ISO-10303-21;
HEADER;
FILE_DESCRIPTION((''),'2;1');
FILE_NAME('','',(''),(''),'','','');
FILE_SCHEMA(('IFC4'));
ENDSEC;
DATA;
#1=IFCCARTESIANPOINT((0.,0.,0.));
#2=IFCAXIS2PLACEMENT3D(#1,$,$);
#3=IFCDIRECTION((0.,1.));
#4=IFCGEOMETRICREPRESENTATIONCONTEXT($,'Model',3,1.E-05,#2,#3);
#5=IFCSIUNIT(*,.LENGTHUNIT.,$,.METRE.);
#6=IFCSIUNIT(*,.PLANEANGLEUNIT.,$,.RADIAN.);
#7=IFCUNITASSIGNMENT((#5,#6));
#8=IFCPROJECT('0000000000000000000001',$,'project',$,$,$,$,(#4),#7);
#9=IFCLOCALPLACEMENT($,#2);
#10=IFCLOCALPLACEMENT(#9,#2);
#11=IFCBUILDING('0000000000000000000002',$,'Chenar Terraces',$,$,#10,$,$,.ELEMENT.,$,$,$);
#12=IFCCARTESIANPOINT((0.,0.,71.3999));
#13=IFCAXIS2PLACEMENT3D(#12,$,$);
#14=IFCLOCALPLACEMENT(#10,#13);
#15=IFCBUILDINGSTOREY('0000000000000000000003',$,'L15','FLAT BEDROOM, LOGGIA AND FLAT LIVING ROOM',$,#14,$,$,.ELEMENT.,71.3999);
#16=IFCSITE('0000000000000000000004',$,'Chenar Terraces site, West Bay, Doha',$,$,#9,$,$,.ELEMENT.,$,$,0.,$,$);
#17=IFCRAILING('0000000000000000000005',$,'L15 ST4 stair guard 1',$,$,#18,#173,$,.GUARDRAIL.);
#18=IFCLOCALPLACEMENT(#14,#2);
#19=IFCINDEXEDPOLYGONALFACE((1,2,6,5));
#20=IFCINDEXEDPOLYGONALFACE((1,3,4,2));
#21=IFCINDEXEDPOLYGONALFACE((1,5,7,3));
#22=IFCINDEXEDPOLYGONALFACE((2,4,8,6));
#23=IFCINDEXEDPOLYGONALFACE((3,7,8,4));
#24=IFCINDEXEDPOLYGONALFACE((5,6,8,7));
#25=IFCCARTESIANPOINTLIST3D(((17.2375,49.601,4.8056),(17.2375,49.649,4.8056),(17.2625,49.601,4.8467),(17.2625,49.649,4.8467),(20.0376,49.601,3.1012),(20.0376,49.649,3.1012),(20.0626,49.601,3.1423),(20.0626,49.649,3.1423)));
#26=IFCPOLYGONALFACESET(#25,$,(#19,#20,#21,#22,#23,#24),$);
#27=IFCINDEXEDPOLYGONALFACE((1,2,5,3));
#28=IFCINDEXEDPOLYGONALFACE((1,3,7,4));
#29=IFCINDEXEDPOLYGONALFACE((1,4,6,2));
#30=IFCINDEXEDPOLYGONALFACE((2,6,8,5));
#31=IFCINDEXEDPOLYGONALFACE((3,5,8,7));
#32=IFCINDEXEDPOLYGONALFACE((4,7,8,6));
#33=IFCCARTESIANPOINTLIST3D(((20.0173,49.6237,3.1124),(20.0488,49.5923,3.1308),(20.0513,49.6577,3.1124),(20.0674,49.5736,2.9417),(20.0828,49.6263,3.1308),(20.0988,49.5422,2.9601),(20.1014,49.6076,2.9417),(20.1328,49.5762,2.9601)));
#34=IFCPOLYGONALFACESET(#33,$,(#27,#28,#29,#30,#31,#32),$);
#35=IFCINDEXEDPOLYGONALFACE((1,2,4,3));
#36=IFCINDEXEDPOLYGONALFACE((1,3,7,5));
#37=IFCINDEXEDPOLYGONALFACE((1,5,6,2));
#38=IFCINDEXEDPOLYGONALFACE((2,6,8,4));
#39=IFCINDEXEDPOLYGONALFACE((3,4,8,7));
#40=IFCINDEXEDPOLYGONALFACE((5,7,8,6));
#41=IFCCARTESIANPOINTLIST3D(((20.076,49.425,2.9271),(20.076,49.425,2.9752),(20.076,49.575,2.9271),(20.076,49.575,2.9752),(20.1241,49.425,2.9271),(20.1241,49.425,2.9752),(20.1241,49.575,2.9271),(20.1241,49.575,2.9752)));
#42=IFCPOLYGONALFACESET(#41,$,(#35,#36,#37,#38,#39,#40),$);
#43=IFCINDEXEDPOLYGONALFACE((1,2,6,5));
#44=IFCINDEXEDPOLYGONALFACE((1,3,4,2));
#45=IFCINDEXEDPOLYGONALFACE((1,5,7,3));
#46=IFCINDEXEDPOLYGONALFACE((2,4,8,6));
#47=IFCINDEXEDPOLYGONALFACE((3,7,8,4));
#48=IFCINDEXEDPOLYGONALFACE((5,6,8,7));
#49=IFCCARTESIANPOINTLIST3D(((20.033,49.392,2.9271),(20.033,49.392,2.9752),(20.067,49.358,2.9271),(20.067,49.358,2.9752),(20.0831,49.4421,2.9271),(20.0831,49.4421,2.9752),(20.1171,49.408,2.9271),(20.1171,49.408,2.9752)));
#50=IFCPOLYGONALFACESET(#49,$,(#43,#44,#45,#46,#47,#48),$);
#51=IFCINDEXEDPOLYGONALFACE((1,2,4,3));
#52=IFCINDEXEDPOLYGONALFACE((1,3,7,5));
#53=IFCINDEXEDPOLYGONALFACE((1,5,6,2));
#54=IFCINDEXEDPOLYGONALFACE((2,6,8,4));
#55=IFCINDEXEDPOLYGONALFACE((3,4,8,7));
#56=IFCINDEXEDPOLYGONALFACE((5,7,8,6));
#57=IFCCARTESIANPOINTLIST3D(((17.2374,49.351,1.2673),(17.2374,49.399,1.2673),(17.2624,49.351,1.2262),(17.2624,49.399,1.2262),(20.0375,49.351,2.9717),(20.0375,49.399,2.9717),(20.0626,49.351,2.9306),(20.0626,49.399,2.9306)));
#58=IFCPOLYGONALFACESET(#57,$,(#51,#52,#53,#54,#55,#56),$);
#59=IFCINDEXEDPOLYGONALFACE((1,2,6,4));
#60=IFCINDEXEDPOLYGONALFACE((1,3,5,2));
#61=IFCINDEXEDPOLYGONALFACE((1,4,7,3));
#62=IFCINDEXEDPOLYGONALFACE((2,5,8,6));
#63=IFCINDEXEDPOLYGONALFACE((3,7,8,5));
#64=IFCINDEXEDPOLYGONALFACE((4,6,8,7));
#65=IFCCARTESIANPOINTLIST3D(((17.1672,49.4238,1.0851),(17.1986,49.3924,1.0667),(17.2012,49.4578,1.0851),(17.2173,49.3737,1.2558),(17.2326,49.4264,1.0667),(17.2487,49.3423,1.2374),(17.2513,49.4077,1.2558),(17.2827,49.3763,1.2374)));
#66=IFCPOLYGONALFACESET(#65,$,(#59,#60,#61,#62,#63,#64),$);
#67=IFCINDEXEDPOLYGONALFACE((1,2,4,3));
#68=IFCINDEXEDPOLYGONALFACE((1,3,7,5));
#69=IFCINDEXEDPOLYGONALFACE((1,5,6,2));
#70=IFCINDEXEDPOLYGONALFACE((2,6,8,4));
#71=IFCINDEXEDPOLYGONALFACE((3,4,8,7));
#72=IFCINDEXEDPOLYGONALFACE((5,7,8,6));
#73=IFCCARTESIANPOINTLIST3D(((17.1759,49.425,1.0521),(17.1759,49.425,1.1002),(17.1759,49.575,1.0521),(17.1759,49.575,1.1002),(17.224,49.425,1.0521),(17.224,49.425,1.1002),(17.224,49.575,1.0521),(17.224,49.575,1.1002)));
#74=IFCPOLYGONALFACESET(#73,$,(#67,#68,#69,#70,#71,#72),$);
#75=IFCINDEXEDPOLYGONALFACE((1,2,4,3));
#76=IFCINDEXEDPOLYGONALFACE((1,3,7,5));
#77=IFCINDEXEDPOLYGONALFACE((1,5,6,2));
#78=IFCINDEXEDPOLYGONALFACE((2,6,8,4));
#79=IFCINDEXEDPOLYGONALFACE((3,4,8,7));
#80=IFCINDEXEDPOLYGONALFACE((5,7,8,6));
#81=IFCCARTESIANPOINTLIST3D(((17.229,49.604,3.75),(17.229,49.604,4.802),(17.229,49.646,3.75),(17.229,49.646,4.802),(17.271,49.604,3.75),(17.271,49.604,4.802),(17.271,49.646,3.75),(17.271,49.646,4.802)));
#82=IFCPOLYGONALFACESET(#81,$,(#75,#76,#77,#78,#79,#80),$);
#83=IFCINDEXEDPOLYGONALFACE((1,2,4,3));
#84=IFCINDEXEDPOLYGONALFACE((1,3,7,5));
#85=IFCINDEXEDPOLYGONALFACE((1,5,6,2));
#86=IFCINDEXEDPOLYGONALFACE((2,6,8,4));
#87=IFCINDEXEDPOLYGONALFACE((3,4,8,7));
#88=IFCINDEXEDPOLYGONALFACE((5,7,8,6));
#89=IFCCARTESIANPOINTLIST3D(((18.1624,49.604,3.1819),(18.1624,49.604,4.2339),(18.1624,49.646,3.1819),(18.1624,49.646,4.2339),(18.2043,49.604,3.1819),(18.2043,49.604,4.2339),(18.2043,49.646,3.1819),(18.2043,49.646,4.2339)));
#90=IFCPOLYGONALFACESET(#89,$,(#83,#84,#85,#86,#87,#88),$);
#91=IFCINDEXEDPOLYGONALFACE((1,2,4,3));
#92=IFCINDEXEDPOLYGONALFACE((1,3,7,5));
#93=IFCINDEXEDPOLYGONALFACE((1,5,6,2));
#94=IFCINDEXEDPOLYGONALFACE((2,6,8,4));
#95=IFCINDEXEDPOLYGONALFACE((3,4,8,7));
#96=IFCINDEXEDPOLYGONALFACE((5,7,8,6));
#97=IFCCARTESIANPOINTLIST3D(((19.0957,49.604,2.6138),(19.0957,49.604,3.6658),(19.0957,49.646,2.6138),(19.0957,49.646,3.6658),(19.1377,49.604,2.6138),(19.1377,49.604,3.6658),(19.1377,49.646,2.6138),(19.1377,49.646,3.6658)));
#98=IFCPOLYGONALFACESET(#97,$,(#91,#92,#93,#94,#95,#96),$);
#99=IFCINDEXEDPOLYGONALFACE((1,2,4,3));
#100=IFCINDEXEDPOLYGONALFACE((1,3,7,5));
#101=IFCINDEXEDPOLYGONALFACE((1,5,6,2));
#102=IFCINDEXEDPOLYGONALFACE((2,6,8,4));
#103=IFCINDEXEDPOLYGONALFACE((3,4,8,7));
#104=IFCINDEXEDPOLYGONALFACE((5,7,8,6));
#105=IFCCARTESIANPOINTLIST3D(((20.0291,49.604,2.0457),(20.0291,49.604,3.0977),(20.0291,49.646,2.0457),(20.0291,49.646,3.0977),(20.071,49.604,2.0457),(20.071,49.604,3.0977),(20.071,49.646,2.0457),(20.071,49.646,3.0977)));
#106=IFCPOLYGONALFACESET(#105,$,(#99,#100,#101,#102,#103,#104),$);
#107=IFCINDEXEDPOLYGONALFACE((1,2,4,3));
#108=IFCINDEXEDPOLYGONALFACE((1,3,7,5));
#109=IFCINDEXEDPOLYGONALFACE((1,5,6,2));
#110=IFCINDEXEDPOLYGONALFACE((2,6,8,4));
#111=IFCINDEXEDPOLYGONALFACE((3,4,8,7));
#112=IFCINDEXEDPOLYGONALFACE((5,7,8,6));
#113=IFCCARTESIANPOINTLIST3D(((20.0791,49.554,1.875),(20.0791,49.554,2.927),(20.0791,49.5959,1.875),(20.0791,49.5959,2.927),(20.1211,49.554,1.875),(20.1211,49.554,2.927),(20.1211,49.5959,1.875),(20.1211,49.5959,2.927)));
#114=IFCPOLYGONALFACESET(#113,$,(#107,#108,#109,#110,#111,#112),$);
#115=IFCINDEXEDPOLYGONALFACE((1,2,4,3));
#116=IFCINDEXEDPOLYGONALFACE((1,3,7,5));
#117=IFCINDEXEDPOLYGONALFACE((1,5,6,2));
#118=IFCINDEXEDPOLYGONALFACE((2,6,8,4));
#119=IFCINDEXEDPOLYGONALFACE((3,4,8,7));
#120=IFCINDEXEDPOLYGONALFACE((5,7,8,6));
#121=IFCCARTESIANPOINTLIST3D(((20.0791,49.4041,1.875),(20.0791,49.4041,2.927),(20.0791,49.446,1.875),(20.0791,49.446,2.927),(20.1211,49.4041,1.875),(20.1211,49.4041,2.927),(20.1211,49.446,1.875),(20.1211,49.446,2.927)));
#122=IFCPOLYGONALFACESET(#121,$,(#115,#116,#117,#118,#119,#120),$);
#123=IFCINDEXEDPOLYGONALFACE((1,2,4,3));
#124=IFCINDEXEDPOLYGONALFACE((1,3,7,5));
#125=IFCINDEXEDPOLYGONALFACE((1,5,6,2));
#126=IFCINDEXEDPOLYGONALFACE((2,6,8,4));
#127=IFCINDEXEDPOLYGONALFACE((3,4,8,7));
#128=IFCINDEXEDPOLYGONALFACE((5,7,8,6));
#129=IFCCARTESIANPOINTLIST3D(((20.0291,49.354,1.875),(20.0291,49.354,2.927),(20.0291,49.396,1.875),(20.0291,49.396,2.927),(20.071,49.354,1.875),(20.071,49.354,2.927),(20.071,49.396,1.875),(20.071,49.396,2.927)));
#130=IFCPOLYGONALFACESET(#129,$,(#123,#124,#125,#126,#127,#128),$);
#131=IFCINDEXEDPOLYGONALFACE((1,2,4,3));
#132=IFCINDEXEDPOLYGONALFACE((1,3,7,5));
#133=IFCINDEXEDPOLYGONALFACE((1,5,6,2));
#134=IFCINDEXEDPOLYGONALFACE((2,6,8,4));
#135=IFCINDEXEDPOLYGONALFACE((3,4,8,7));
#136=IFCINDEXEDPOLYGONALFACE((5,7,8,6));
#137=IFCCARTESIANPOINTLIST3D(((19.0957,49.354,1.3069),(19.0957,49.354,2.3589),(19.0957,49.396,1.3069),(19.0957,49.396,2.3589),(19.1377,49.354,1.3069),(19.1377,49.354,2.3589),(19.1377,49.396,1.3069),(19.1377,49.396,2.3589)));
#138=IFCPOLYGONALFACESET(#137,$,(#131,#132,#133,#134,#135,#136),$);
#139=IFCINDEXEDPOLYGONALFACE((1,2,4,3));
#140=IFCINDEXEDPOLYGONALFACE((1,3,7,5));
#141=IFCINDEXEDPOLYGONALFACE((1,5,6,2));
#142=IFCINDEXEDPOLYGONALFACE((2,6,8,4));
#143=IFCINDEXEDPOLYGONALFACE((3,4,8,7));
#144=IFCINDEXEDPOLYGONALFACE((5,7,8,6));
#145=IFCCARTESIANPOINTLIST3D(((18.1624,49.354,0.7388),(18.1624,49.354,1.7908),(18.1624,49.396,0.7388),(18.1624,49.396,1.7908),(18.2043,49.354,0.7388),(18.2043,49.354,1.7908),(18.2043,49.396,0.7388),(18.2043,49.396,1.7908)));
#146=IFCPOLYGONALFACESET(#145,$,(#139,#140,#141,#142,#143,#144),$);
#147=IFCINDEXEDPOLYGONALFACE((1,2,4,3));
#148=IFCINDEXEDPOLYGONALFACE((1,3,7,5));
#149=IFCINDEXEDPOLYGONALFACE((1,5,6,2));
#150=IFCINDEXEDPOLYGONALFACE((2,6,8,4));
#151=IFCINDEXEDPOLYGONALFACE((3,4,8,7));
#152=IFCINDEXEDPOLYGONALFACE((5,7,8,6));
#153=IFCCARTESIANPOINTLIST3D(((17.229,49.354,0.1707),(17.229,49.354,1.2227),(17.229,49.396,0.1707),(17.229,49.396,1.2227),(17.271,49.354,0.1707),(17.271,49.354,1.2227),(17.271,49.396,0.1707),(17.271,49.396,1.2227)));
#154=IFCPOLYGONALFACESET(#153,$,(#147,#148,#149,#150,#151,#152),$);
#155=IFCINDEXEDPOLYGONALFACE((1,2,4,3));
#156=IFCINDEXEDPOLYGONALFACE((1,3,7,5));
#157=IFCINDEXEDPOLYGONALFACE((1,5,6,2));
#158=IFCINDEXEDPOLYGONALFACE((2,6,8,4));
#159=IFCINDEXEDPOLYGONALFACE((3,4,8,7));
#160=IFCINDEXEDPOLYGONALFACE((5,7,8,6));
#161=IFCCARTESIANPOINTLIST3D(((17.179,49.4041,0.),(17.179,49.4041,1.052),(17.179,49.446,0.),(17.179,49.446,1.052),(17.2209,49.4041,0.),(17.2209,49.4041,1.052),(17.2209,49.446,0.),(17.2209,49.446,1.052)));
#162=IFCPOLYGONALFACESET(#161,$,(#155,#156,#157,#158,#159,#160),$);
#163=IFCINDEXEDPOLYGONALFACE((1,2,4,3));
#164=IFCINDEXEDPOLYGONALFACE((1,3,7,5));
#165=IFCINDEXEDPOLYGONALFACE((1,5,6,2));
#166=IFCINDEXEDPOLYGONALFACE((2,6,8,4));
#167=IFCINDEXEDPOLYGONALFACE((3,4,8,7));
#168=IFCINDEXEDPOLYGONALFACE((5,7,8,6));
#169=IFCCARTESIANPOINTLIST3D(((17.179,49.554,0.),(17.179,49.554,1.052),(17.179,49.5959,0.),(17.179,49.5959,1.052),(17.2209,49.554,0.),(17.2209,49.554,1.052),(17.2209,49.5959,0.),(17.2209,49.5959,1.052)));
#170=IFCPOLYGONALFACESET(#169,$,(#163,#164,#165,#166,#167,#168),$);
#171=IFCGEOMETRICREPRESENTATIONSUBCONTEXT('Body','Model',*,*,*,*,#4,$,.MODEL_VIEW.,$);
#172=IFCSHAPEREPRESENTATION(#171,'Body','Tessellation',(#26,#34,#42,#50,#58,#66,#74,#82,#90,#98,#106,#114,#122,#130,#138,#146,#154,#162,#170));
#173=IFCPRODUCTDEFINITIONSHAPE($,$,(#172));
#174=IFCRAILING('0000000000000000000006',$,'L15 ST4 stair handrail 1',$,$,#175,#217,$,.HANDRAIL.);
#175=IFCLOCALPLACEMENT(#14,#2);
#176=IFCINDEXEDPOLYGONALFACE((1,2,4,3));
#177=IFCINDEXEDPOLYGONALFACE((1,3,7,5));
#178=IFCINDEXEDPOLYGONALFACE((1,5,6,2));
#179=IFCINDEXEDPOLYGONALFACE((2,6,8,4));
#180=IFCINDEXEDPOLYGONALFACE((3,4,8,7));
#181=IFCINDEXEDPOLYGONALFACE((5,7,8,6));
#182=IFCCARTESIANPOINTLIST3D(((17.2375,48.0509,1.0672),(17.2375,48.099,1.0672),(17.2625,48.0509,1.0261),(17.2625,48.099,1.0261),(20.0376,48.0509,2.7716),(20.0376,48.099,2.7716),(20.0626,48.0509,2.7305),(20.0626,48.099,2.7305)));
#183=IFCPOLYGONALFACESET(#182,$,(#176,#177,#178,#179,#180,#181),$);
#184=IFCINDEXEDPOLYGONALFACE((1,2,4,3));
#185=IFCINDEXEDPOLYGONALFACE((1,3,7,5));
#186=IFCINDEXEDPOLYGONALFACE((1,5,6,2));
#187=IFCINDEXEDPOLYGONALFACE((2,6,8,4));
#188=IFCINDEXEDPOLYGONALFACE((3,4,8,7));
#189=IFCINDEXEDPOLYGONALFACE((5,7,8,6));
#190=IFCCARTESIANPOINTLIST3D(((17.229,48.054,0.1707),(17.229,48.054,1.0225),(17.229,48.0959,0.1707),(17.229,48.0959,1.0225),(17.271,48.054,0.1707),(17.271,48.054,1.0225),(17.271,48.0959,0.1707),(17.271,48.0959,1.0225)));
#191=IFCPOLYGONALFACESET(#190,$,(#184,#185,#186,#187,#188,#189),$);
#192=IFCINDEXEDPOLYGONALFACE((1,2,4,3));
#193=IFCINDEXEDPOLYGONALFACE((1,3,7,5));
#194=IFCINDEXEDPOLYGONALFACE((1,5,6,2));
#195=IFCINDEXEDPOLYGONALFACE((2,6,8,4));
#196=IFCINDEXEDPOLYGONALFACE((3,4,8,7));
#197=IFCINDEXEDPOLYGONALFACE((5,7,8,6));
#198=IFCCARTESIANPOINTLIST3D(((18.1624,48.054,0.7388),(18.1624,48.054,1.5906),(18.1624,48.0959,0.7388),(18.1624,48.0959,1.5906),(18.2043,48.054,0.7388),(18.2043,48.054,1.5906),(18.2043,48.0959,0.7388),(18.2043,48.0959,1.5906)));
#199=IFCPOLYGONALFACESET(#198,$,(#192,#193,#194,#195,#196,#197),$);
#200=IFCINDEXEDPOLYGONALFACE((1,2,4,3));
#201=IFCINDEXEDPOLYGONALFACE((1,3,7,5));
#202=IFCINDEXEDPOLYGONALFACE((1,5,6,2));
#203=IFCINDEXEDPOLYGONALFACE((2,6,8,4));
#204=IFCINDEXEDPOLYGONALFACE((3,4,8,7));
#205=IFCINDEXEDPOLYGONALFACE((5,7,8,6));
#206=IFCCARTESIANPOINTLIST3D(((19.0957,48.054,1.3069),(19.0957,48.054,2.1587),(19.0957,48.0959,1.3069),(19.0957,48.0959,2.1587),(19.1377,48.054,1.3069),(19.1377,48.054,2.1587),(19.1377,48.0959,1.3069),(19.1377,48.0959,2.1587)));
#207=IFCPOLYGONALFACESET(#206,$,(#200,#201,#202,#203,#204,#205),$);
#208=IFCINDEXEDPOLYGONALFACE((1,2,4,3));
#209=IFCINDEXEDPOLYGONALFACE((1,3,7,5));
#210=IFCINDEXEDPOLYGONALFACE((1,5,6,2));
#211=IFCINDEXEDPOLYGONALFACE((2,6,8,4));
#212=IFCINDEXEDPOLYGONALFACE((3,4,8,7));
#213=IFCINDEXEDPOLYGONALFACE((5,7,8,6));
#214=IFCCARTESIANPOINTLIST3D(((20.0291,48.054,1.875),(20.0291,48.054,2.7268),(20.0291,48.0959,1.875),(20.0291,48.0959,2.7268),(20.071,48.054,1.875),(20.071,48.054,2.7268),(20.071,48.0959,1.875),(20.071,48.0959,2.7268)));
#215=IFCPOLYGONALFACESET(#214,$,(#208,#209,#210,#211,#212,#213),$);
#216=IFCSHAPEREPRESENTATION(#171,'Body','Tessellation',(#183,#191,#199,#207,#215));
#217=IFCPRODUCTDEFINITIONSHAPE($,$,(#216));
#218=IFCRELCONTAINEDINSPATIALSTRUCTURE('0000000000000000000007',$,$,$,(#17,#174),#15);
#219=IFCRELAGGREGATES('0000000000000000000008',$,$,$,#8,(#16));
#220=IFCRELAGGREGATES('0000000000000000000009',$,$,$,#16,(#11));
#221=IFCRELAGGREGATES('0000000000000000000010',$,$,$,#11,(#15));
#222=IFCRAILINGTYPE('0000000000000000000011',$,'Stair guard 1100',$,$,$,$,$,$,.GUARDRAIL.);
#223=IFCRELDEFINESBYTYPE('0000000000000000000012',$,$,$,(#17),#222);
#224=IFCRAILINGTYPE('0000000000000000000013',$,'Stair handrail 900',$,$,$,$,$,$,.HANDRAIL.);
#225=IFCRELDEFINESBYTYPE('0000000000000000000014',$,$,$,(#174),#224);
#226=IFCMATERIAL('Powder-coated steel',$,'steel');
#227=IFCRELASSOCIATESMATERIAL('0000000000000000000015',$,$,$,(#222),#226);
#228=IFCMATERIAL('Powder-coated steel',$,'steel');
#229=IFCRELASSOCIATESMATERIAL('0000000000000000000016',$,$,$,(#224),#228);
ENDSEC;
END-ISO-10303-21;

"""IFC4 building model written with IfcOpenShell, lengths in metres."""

from ifc_helpers import new_model, si_unit, direction, frame, origin, origin_2d, place, context, subcontext, project, spatial, rectangle, extrude, material, type_object, element, save


model = new_model("IFC4")

# Units and contexts
model_context = context("Model", 3, precision=1e-05, world=origin(), true_north=direction((0.0, 1.0)))
body_context = subcontext(model_context, "Body", "Model", "MODEL_VIEW")
ifc_project = project(units=[si_unit("LENGTHUNIT", "METRE"), si_unit("PLANEANGLEUNIT", "RADIAN")], contexts=[model_context])

# Site, building, storey
site_placement = place(None, origin())
site = spatial("IfcSite", under=ifc_project, at=site_placement, Name="Chenar Terraces site, West Bay, Doha", CompositionType="ELEMENT", RefElevation=0.0)
building_placement = place(site_placement, origin())
building = spatial("IfcBuilding", under=site, at=building_placement, Name="Chenar Terraces", CompositionType="ELEMENT")
storey_placement = place(building_placement, frame((0.0, 0.0, 71.3999)))
storey = spatial("IfcBuildingStorey", under=building, at=storey_placement, Name="L15", Description="FLAT BEDROOM, LOGGIA AND FLAT LIVING ROOM", CompositionType="ELEMENT", Elevation=71.3999)

# Railings
ifc_material_1 = material(Name="Powder-coated steel", Category="steel")
railing_type_1 = type_object("IfcRailingType", Name="Stair guard 1100", PredefinedType="GUARDRAIL", material=ifc_material_1)
railing_1_placement = place(storey_placement, frame((17.25, 49.625, 3.75)))
element("IfcRailing", 1, at=railing_1_placement, inside=storey, type_object=railing_type_1, Name="L15 ST4 stair guard 1", PredefinedType="GUARDRAIL", context=body_context, shape_type="SweptSolid", body=[
    extrude(rectangle(XDim=0.0481, YDim=0.0481, at=origin_2d()), frame((0.0, 0.0, 1.0762), z_axis=(0.854203, 0.0, -0.51994), x_axis=(0.0, 1.0, 0.0)), (0.0, 0.0, 1.0), 3.2781),
    extrude(rectangle(XDim=0.0481, YDim=0.0481, at=origin_2d()), frame((2.8, 0.0, -0.6284), z_axis=(0.2709, -0.2709, -0.923703), x_axis=(0.707107, 0.707107, 0.0)), (0.0, 0.0, 1.0), 0.1848),
    extrude(rectangle(XDim=0.0481, YDim=0.0481, at=origin_2d()), frame((2.8501, -0.05, -0.7988), z_axis=(0.0, -1.0, 0.0), x_axis=(1.0, 0.0, 0.0)), (0.0, 0.0, 1.0), 0.1499),
    extrude(rectangle(XDim=0.0481, YDim=0.0481, at=origin_2d()), frame((2.8501, -0.2, -0.7988), z_axis=(-0.707107, -0.707107, 0.0), x_axis=(0.707107, -0.707107, 0.0)), (0.0, 0.0, 1.0), 0.0708),
    extrude(rectangle(XDim=0.0481, YDim=0.0481, at=origin_2d()), frame((2.8, -0.25, -0.7988), z_axis=(-0.854203, 0.0, -0.51994), x_axis=(0.0, -1.0, 0.0)), (0.0, 0.0, 1.0), 3.2781),
    extrude(rectangle(XDim=0.0481, YDim=0.0481, at=origin_2d()), frame((0.0, -0.25, -2.5034), z_axis=(-0.2709, 0.2709, -0.923703), x_axis=(-0.707107, -0.707107, 0.0)), (0.0, 0.0, 1.0), 0.1848),
    extrude(rectangle(XDim=0.0481, YDim=0.0481, at=origin_2d()), frame((-0.05, -0.2, -2.6738), z_axis=(0.0, 1.0, 0.0), x_axis=(-1.0, 0.0, 0.0)), (0.0, 0.0, 1.0), 0.1499),
    extrude(rectangle(XDim=0.042, YDim=0.042, at=origin_2d()), origin(), (0.0, 0.0, 1.0), 1.052),
    extrude(rectangle(XDim=0.042, YDim=0.042, at=origin_2d()), frame((0.9333, 0.0, -0.5681)), (0.0, 0.0, 1.0), 1.052),
    extrude(rectangle(XDim=0.042, YDim=0.042, at=origin_2d()), frame((1.8667, 0.0, -1.1362)), (0.0, 0.0, 1.0), 1.052),
    extrude(rectangle(XDim=0.042, YDim=0.042, at=origin_2d()), frame((2.8, 0.0, -1.7043)), (0.0, 0.0, 1.0), 1.052),
    extrude(rectangle(XDim=0.042, YDim=0.042, at=origin_2d()), frame((2.8501, -0.05, -1.875)), (0.0, 0.0, 1.0), 1.052),
    extrude(rectangle(XDim=0.042, YDim=0.042, at=origin_2d()), frame((2.8501, -0.2, -1.875)), (0.0, 0.0, 1.0), 1.052),
    extrude(rectangle(XDim=0.042, YDim=0.042, at=origin_2d()), frame((2.8, -0.25, -1.875)), (0.0, 0.0, 1.0), 1.052),
    extrude(rectangle(XDim=0.042, YDim=0.042, at=origin_2d()), frame((1.8667, -0.25, -2.4431)), (0.0, 0.0, 1.0), 1.052),
    extrude(rectangle(XDim=0.042, YDim=0.042, at=origin_2d()), frame((0.9333, -0.25, -3.0112)), (0.0, 0.0, 1.0), 1.052),
    extrude(rectangle(XDim=0.042, YDim=0.042, at=origin_2d()), frame((0.0, -0.25, -3.5793)), (0.0, 0.0, 1.0), 1.052),
    extrude(rectangle(XDim=0.042, YDim=0.042, at=origin_2d()), frame((-0.05, -0.2, -3.75)), (0.0, 0.0, 1.0), 1.052),
    extrude(rectangle(XDim=0.042, YDim=0.042, at=origin_2d()), frame((-0.05, -0.05, -3.75)), (0.0, 0.0, 1.0), 1.052),
])
ifc_material_2 = material(Name="Powder-coated steel", Category="steel")
railing_type_2 = type_object("IfcRailingType", Name="Stair handrail 900", PredefinedType="HANDRAIL", material=ifc_material_2)
railing_2_placement = place(storey_placement, frame((17.25, 48.075, 0.1707)))
element("IfcRailing", 2, at=railing_2_placement, inside=storey, type_object=railing_type_2, Name="L15 ST4 stair handrail 1", PredefinedType="HANDRAIL", context=body_context, shape_type="SweptSolid", body=[
    extrude(rectangle(XDim=0.0481, YDim=0.0481, at=origin_2d()), frame((0.0, 0.0, 0.876), z_axis=(0.854203, 0.0, 0.51994), x_axis=(0.0, 1.0, 0.0)), (0.0, 0.0, 1.0), 3.2781),
    extrude(rectangle(XDim=0.042, YDim=0.042, at=origin_2d()), origin(), (0.0, 0.0, 1.0), 0.8518),
    extrude(rectangle(XDim=0.042, YDim=0.042, at=origin_2d()), frame((0.9333, 0.0, 0.5681)), (0.0, 0.0, 1.0), 0.8518),
    extrude(rectangle(XDim=0.042, YDim=0.042, at=origin_2d()), frame((1.8667, 0.0, 1.1362)), (0.0, 0.0, 1.0), 0.8518),
    extrude(rectangle(XDim=0.042, YDim=0.042, at=origin_2d()), frame((2.8, 0.0, 1.7043)), (0.0, 0.0, 1.0), 0.8518),
])

save(model, "model.ifc")
